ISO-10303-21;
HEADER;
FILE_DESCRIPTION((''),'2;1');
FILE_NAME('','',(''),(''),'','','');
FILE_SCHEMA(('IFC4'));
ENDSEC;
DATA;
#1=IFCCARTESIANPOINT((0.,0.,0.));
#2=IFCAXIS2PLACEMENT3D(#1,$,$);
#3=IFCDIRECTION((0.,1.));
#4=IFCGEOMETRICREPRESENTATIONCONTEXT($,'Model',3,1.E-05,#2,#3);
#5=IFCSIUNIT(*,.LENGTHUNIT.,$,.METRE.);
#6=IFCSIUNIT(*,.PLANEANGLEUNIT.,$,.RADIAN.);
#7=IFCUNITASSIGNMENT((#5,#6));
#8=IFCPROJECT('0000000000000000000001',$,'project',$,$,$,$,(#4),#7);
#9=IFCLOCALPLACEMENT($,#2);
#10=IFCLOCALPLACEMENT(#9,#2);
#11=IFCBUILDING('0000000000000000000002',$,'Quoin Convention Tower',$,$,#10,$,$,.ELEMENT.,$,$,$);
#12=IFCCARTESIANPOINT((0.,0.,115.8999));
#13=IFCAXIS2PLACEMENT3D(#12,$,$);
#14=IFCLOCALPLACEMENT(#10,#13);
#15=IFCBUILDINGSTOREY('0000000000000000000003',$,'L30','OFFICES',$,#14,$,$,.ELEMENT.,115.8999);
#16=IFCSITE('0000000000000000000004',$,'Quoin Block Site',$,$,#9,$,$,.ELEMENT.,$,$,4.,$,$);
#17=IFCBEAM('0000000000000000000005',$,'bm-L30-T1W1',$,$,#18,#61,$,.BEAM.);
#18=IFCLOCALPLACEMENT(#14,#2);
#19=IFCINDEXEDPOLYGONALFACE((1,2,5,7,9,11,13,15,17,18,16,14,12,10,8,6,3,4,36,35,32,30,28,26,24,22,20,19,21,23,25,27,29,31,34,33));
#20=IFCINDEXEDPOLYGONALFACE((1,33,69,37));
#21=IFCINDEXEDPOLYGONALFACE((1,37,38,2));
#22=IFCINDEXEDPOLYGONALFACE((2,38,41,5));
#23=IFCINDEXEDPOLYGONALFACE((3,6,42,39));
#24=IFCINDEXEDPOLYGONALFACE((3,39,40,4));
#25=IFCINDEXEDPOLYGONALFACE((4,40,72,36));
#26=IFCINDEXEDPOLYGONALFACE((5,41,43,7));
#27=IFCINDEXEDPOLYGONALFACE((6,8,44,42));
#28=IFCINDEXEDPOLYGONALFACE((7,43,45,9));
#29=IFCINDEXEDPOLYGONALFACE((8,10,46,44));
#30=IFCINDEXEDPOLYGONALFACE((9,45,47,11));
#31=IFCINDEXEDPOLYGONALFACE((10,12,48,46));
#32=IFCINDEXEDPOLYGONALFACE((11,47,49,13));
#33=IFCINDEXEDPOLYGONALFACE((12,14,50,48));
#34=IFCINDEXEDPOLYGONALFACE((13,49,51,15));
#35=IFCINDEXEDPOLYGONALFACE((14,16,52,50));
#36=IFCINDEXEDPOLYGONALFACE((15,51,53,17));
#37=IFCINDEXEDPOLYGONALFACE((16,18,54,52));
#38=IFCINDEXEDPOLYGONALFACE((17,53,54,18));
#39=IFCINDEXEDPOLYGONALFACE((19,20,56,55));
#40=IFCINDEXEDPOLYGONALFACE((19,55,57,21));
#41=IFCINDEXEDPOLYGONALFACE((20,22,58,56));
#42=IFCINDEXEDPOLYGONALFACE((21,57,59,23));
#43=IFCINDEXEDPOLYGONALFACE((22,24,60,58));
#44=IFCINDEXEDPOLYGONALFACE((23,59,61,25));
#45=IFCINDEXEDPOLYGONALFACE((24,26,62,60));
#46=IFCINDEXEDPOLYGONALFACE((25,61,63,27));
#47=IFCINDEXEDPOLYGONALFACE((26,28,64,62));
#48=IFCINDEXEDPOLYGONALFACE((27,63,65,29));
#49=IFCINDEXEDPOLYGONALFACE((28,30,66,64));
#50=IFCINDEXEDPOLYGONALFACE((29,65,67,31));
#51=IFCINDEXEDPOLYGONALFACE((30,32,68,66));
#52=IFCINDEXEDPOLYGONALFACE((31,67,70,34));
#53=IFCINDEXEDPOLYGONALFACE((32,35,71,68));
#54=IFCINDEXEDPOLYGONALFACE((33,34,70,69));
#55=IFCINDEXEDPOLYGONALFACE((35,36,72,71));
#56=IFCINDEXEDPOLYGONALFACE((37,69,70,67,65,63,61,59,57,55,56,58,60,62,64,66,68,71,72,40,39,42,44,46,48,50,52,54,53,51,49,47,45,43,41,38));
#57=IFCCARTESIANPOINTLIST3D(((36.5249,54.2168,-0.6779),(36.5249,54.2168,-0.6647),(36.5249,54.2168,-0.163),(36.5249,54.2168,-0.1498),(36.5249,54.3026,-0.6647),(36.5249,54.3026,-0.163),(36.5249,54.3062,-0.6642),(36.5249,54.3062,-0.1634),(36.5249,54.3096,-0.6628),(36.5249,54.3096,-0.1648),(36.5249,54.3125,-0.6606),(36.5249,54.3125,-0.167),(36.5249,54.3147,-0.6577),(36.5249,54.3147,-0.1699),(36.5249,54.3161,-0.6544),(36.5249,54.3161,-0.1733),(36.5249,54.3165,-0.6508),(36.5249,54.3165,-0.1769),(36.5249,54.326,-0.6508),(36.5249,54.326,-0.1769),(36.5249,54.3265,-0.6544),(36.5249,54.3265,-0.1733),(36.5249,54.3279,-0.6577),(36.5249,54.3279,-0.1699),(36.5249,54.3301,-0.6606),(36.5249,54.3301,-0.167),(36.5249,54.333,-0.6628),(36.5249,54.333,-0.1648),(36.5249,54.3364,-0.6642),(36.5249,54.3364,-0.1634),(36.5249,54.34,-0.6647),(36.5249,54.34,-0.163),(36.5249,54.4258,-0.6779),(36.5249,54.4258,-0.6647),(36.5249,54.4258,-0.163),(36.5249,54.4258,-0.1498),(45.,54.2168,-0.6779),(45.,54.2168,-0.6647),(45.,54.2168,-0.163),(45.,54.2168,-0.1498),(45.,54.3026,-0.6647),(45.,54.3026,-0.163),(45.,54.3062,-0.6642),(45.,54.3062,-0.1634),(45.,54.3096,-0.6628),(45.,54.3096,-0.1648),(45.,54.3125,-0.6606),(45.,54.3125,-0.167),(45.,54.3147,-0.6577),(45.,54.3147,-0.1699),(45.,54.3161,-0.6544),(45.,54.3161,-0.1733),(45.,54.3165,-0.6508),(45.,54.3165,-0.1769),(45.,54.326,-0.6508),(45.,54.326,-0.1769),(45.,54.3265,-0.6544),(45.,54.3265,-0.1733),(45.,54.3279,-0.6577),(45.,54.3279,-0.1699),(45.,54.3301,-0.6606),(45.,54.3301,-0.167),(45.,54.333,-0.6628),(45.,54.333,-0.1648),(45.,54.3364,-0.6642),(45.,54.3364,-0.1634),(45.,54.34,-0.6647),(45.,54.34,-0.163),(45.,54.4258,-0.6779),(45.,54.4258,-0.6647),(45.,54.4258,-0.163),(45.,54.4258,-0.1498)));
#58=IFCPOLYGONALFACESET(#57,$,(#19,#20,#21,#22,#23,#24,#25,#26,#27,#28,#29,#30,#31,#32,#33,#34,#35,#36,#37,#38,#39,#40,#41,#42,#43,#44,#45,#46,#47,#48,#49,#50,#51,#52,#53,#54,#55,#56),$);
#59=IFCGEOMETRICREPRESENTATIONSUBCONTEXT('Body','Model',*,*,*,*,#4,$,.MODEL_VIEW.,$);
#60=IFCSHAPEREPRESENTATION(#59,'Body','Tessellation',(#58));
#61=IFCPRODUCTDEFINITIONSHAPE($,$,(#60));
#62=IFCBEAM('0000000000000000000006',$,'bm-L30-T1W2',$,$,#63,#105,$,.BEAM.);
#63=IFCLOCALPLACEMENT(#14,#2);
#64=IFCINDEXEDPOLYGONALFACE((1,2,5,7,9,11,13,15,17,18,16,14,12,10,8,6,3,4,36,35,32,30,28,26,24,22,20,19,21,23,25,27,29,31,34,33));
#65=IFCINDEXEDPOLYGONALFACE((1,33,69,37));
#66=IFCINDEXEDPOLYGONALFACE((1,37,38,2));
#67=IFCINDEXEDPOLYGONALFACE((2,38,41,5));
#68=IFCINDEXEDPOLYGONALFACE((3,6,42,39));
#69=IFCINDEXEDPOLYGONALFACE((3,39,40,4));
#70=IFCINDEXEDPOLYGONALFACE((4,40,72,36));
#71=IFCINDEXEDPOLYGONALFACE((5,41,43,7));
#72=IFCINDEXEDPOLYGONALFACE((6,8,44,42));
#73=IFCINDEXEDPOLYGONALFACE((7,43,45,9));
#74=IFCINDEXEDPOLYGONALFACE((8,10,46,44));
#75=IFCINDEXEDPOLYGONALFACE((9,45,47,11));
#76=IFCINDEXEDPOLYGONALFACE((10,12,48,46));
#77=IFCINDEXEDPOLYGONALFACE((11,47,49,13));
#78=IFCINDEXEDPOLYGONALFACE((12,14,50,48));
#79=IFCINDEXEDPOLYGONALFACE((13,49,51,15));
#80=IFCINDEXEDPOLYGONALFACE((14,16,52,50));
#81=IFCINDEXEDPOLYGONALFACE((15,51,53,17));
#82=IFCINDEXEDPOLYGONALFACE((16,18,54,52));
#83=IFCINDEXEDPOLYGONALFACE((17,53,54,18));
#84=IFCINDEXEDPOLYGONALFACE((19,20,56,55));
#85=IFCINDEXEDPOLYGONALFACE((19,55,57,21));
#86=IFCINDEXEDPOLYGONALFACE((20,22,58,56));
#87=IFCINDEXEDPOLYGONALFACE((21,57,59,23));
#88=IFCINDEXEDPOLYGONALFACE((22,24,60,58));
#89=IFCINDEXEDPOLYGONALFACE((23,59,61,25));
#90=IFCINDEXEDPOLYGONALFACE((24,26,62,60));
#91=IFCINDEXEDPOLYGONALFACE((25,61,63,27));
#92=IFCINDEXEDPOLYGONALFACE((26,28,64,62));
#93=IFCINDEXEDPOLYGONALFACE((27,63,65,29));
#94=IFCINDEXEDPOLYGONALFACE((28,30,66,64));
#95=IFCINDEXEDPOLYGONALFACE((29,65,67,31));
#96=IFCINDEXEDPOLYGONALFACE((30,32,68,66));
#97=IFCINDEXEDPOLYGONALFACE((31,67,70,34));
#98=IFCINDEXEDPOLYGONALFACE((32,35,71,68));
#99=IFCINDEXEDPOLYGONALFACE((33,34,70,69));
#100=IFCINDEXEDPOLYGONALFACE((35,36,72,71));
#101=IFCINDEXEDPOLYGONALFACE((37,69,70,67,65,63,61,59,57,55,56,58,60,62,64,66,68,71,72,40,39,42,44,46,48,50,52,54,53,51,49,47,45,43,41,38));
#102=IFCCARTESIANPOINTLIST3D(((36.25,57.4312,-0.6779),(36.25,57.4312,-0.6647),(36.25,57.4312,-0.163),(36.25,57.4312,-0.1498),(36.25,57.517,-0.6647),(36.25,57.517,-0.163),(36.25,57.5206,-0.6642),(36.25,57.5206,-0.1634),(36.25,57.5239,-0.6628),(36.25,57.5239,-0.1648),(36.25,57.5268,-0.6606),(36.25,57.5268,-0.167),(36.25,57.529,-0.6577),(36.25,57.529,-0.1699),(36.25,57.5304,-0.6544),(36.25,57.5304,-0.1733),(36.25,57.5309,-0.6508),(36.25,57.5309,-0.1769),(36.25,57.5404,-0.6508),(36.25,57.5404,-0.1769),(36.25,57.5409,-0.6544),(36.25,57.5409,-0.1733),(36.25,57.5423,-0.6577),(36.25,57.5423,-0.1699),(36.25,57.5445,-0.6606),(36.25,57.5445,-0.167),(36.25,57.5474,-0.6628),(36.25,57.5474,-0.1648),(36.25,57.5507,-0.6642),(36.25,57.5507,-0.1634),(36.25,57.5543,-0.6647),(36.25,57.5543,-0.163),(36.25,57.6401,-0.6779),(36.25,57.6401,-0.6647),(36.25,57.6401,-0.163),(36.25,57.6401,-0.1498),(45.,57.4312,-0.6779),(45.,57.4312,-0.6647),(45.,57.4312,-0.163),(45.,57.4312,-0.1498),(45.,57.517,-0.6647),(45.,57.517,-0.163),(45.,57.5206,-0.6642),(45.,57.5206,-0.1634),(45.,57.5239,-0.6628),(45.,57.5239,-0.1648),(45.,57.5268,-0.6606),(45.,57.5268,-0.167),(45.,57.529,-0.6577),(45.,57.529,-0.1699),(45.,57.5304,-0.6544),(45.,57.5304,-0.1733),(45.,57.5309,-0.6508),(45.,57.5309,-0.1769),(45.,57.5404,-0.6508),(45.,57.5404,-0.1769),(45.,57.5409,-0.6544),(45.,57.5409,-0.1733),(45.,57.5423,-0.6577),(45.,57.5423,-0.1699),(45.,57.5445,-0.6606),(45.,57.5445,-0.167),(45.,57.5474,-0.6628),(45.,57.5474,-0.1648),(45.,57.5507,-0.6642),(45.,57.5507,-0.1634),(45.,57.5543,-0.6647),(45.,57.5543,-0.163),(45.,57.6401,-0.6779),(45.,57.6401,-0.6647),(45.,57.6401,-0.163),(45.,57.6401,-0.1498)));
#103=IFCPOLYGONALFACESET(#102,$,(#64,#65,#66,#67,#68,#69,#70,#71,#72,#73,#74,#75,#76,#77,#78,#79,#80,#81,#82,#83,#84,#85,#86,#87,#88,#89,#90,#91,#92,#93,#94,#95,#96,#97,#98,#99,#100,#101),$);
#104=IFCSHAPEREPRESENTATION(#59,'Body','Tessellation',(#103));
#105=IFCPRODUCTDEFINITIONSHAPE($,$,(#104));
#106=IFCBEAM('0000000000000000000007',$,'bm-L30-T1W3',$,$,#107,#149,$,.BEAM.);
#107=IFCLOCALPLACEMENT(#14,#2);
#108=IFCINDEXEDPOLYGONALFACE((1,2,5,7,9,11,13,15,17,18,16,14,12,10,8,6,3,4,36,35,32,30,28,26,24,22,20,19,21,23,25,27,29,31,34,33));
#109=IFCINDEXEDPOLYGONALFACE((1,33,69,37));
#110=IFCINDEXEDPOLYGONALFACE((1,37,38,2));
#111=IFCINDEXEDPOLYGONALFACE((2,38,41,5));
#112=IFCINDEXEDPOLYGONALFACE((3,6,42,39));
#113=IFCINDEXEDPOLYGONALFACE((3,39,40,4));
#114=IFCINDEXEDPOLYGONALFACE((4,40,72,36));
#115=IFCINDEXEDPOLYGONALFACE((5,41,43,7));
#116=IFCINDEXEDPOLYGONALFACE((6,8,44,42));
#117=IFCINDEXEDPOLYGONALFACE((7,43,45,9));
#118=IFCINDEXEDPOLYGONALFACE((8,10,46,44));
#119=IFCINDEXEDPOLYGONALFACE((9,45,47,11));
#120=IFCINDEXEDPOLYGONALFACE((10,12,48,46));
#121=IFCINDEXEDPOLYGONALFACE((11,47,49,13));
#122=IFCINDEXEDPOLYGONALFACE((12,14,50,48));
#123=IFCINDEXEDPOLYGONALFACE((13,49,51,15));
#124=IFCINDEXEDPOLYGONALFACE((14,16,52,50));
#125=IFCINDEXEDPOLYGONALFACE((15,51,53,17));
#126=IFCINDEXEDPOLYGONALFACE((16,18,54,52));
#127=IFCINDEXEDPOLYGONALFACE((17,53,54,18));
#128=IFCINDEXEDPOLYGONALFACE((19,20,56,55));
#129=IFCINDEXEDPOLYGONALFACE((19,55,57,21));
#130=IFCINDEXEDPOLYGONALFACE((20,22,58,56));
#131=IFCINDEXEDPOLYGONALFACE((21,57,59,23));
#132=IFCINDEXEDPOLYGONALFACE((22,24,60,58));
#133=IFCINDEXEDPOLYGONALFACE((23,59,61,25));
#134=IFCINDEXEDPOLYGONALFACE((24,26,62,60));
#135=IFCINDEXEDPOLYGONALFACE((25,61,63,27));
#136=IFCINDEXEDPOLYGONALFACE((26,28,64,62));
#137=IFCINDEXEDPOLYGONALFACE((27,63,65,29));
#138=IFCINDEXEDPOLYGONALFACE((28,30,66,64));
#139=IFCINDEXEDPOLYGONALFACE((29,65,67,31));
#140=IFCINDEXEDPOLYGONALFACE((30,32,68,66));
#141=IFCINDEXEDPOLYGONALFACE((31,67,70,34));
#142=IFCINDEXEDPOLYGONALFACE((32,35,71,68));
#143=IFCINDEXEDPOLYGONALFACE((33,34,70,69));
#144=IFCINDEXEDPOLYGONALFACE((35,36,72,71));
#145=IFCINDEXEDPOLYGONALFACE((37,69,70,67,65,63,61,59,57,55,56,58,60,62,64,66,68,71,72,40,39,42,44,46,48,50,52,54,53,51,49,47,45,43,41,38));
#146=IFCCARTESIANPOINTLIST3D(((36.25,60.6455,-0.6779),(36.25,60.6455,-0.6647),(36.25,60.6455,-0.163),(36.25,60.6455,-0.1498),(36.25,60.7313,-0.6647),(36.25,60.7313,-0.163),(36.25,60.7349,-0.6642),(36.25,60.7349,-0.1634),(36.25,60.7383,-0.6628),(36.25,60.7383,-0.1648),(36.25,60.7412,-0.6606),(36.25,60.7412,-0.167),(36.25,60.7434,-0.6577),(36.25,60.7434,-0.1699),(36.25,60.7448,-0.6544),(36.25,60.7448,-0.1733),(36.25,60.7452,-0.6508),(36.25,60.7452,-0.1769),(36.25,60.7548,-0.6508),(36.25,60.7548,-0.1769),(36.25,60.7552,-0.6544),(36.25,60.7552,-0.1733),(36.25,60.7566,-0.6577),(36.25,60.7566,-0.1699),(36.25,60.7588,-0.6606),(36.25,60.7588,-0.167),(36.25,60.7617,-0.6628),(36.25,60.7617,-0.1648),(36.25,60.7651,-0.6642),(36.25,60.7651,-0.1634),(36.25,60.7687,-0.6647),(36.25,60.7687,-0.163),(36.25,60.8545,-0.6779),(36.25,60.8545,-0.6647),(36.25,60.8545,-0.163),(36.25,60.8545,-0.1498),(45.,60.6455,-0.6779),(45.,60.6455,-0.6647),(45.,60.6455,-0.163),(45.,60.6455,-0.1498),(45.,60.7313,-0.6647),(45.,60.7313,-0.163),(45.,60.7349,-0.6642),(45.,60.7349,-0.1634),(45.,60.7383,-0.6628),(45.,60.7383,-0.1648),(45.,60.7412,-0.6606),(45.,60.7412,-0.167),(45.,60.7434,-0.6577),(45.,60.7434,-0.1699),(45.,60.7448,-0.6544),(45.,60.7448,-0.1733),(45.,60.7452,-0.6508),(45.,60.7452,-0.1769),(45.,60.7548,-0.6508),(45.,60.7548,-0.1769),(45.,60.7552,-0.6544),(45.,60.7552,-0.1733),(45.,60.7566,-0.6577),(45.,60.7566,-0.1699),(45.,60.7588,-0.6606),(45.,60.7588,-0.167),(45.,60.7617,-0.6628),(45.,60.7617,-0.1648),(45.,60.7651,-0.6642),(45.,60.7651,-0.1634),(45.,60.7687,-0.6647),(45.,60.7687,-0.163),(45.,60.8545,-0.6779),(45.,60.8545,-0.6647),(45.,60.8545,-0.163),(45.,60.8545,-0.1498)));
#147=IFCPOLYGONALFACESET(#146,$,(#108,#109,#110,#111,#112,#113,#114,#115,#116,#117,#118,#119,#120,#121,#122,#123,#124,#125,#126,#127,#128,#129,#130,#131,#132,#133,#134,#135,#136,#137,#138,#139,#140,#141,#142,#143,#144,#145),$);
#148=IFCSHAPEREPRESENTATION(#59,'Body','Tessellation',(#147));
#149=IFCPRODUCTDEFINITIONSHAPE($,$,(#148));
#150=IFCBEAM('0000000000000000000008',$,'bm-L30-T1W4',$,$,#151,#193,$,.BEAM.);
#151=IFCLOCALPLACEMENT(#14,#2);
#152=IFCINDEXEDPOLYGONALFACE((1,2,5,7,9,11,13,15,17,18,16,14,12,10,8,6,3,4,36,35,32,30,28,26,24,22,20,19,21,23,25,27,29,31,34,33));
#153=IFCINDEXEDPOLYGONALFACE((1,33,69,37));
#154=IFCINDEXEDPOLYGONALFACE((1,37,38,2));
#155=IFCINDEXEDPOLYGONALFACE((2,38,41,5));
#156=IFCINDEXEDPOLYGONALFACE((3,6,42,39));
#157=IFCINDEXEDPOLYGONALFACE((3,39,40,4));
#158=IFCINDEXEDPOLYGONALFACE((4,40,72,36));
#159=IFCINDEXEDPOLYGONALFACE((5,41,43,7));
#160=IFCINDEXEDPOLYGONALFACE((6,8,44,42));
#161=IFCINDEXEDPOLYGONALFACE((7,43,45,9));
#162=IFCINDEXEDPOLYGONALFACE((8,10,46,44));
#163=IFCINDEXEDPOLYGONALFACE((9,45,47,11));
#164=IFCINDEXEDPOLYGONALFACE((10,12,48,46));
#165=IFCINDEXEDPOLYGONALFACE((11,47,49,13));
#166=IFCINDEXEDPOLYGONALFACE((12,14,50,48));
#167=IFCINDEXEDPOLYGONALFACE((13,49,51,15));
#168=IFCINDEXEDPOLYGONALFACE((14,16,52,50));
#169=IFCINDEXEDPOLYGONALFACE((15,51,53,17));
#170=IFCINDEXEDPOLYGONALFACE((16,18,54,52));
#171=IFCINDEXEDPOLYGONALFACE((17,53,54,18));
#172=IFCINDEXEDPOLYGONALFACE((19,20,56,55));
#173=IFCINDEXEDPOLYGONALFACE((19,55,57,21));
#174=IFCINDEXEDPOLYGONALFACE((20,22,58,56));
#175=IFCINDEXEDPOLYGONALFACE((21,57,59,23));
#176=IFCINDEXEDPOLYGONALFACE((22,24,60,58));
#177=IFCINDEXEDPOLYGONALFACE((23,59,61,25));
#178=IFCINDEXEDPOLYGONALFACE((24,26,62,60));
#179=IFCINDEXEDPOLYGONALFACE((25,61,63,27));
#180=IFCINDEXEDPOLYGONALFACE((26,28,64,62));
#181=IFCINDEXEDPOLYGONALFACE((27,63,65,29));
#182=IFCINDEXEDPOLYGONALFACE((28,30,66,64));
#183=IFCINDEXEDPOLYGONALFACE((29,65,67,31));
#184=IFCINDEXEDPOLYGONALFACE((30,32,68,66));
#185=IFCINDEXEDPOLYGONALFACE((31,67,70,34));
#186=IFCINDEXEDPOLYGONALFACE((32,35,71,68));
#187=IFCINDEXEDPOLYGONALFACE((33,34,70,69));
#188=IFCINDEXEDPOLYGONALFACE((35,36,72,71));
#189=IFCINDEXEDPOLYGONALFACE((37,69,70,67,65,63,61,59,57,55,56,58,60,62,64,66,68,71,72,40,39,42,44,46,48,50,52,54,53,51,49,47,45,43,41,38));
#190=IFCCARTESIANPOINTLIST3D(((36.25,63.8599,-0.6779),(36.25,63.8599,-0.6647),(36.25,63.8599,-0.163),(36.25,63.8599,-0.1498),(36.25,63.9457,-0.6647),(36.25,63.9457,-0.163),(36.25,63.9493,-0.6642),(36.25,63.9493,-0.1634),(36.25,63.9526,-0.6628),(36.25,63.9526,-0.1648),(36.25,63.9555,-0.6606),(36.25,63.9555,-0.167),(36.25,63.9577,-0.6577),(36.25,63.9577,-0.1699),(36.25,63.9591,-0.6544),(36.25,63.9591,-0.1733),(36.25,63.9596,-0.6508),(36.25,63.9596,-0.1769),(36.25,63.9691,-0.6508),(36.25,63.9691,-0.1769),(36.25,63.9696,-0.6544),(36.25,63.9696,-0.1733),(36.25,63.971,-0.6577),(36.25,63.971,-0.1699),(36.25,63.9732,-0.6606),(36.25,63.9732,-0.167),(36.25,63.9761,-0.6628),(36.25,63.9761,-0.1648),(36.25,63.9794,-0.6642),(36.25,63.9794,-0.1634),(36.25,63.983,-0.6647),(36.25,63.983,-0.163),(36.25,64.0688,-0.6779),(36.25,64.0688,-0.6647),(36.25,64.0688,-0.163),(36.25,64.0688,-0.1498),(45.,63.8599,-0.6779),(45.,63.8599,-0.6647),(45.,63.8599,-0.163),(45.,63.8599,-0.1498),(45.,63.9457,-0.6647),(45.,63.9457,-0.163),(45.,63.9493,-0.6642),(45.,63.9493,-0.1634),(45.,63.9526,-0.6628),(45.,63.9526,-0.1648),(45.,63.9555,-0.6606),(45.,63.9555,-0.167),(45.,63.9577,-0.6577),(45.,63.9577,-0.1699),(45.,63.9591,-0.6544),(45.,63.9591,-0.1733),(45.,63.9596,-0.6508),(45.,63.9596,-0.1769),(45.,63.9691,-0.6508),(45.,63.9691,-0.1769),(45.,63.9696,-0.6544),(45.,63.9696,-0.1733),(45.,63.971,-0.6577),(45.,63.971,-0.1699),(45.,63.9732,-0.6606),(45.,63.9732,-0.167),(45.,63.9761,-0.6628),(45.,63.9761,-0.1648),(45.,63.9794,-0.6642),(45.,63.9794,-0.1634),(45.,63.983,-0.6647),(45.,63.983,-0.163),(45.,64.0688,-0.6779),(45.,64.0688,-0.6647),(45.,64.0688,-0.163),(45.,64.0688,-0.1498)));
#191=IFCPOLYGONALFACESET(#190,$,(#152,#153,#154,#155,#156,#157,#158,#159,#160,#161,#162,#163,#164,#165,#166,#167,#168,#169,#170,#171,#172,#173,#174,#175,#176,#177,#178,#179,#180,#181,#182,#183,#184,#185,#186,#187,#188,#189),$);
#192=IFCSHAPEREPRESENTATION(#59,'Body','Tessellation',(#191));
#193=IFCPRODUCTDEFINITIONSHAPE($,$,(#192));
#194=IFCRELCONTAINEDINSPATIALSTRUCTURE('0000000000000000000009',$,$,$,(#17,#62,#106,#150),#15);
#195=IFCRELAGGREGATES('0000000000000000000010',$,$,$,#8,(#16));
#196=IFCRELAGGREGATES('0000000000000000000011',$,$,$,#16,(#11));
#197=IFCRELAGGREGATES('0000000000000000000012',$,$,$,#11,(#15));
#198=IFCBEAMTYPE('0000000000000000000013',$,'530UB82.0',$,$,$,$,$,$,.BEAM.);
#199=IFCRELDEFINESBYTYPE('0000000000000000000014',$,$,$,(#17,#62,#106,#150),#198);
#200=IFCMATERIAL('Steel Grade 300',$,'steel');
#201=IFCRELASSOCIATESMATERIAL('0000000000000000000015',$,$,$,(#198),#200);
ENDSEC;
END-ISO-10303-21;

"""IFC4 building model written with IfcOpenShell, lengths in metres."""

from ifc_helpers import new_model, si_unit, direction, frame, origin, origin_2d, place, context, subcontext, project, spatial, i_section, extrude, material, material_profile, profile_set, type_object, element, save


model = new_model("IFC4")

# Units and contexts
model_context = context("Model", 3, precision=1e-05, world=origin(), true_north=direction((0.0, 1.0)))
body_context = subcontext(model_context, "Body", "Model", "MODEL_VIEW")
ifc_project = project(units=[si_unit("LENGTHUNIT", "METRE"), si_unit("PLANEANGLEUNIT", "RADIAN")], contexts=[model_context])

# Site, building, storey
site_placement = place(None, origin())
site = spatial("IfcSite", under=ifc_project, at=site_placement, Name="Quoin Block Site", CompositionType="ELEMENT", RefElevation=4.0)
building_placement = place(site_placement, origin())
building = spatial("IfcBuilding", under=site, at=building_placement, Name="Quoin Convention Tower", CompositionType="ELEMENT")
storey_placement = place(building_placement, frame((0.0, 0.0, 115.8999)))
storey = spatial("IfcBuildingStorey", under=building, at=storey_placement, Name="L30", Description="OFFICES", CompositionType="ELEMENT", Elevation=115.8999)

# Beams
ifc_material_1 = material(Name="Steel Grade 300", Category="steel")
ifc_material_profile = material_profile(ifc_material_1, i_section(OverallWidth=0.209, OverallDepth=0.5281, WebThickness=0.0095, FlangeThickness=0.0132, FilletRadius=0.0139, at=origin_2d()), Name="530UB82.0")
ifc_profile_set = profile_set([ifc_material_profile], Name="Steel Grade 300")
beam_type = type_object("IfcBeamType", Name="530UB82.0", PredefinedType="BEAM", material=ifc_profile_set)
beam_1_placement = place(storey_placement, frame((36.5249, 54.3213, -0.4138), z_axis=(1.0, 0.0, 0.0), x_axis=(0.0, 1.0, 0.0)))
element("IfcBeam", 1, at=beam_1_placement, inside=storey, type_object=beam_type, Name="bm-L30-T1W1", PredefinedType="BEAM", context=body_context, shape_type="SweptSolid", body=[
    extrude(i_section(OverallWidth=0.209, OverallDepth=0.5281, WebThickness=0.0095, FlangeThickness=0.0132, FilletRadius=0.0139, at=origin_2d()), origin(), (0.0, 0.0, 1.0), 8.4751),
])
for number, where, z_axis, x_axis, name in (
    (2, (36.25, 57.5356, -0.4138), (1.0, 0.0, 0.0), (0.0, 1.0, 0.0), "bm-L30-T1W2"),
    (3, (36.25, 60.75, -0.4138), (1.0, 0.0, 0.0), (0.0, 1.0, 0.0), "bm-L30-T1W3"),
    (4, (36.25, 63.9644, -0.4138), (1.0, 0.0, 0.0), (0.0, 1.0, 0.0), "bm-L30-T1W4"),
):
    element("IfcBeam", number, at=place(storey_placement, frame(where, z_axis=z_axis, x_axis=x_axis)), inside=storey, type_object=beam_type, Name=name, PredefinedType="BEAM", context=body_context, shape_type="SweptSolid", body=[
        extrude(i_section(OverallWidth=0.209, OverallDepth=0.5281, WebThickness=0.0095, FlangeThickness=0.0132, FilletRadius=0.0139, at=origin_2d()), origin(), (0.0, 0.0, 1.0), 8.75),
    ])

save(model, "model.ifc")
